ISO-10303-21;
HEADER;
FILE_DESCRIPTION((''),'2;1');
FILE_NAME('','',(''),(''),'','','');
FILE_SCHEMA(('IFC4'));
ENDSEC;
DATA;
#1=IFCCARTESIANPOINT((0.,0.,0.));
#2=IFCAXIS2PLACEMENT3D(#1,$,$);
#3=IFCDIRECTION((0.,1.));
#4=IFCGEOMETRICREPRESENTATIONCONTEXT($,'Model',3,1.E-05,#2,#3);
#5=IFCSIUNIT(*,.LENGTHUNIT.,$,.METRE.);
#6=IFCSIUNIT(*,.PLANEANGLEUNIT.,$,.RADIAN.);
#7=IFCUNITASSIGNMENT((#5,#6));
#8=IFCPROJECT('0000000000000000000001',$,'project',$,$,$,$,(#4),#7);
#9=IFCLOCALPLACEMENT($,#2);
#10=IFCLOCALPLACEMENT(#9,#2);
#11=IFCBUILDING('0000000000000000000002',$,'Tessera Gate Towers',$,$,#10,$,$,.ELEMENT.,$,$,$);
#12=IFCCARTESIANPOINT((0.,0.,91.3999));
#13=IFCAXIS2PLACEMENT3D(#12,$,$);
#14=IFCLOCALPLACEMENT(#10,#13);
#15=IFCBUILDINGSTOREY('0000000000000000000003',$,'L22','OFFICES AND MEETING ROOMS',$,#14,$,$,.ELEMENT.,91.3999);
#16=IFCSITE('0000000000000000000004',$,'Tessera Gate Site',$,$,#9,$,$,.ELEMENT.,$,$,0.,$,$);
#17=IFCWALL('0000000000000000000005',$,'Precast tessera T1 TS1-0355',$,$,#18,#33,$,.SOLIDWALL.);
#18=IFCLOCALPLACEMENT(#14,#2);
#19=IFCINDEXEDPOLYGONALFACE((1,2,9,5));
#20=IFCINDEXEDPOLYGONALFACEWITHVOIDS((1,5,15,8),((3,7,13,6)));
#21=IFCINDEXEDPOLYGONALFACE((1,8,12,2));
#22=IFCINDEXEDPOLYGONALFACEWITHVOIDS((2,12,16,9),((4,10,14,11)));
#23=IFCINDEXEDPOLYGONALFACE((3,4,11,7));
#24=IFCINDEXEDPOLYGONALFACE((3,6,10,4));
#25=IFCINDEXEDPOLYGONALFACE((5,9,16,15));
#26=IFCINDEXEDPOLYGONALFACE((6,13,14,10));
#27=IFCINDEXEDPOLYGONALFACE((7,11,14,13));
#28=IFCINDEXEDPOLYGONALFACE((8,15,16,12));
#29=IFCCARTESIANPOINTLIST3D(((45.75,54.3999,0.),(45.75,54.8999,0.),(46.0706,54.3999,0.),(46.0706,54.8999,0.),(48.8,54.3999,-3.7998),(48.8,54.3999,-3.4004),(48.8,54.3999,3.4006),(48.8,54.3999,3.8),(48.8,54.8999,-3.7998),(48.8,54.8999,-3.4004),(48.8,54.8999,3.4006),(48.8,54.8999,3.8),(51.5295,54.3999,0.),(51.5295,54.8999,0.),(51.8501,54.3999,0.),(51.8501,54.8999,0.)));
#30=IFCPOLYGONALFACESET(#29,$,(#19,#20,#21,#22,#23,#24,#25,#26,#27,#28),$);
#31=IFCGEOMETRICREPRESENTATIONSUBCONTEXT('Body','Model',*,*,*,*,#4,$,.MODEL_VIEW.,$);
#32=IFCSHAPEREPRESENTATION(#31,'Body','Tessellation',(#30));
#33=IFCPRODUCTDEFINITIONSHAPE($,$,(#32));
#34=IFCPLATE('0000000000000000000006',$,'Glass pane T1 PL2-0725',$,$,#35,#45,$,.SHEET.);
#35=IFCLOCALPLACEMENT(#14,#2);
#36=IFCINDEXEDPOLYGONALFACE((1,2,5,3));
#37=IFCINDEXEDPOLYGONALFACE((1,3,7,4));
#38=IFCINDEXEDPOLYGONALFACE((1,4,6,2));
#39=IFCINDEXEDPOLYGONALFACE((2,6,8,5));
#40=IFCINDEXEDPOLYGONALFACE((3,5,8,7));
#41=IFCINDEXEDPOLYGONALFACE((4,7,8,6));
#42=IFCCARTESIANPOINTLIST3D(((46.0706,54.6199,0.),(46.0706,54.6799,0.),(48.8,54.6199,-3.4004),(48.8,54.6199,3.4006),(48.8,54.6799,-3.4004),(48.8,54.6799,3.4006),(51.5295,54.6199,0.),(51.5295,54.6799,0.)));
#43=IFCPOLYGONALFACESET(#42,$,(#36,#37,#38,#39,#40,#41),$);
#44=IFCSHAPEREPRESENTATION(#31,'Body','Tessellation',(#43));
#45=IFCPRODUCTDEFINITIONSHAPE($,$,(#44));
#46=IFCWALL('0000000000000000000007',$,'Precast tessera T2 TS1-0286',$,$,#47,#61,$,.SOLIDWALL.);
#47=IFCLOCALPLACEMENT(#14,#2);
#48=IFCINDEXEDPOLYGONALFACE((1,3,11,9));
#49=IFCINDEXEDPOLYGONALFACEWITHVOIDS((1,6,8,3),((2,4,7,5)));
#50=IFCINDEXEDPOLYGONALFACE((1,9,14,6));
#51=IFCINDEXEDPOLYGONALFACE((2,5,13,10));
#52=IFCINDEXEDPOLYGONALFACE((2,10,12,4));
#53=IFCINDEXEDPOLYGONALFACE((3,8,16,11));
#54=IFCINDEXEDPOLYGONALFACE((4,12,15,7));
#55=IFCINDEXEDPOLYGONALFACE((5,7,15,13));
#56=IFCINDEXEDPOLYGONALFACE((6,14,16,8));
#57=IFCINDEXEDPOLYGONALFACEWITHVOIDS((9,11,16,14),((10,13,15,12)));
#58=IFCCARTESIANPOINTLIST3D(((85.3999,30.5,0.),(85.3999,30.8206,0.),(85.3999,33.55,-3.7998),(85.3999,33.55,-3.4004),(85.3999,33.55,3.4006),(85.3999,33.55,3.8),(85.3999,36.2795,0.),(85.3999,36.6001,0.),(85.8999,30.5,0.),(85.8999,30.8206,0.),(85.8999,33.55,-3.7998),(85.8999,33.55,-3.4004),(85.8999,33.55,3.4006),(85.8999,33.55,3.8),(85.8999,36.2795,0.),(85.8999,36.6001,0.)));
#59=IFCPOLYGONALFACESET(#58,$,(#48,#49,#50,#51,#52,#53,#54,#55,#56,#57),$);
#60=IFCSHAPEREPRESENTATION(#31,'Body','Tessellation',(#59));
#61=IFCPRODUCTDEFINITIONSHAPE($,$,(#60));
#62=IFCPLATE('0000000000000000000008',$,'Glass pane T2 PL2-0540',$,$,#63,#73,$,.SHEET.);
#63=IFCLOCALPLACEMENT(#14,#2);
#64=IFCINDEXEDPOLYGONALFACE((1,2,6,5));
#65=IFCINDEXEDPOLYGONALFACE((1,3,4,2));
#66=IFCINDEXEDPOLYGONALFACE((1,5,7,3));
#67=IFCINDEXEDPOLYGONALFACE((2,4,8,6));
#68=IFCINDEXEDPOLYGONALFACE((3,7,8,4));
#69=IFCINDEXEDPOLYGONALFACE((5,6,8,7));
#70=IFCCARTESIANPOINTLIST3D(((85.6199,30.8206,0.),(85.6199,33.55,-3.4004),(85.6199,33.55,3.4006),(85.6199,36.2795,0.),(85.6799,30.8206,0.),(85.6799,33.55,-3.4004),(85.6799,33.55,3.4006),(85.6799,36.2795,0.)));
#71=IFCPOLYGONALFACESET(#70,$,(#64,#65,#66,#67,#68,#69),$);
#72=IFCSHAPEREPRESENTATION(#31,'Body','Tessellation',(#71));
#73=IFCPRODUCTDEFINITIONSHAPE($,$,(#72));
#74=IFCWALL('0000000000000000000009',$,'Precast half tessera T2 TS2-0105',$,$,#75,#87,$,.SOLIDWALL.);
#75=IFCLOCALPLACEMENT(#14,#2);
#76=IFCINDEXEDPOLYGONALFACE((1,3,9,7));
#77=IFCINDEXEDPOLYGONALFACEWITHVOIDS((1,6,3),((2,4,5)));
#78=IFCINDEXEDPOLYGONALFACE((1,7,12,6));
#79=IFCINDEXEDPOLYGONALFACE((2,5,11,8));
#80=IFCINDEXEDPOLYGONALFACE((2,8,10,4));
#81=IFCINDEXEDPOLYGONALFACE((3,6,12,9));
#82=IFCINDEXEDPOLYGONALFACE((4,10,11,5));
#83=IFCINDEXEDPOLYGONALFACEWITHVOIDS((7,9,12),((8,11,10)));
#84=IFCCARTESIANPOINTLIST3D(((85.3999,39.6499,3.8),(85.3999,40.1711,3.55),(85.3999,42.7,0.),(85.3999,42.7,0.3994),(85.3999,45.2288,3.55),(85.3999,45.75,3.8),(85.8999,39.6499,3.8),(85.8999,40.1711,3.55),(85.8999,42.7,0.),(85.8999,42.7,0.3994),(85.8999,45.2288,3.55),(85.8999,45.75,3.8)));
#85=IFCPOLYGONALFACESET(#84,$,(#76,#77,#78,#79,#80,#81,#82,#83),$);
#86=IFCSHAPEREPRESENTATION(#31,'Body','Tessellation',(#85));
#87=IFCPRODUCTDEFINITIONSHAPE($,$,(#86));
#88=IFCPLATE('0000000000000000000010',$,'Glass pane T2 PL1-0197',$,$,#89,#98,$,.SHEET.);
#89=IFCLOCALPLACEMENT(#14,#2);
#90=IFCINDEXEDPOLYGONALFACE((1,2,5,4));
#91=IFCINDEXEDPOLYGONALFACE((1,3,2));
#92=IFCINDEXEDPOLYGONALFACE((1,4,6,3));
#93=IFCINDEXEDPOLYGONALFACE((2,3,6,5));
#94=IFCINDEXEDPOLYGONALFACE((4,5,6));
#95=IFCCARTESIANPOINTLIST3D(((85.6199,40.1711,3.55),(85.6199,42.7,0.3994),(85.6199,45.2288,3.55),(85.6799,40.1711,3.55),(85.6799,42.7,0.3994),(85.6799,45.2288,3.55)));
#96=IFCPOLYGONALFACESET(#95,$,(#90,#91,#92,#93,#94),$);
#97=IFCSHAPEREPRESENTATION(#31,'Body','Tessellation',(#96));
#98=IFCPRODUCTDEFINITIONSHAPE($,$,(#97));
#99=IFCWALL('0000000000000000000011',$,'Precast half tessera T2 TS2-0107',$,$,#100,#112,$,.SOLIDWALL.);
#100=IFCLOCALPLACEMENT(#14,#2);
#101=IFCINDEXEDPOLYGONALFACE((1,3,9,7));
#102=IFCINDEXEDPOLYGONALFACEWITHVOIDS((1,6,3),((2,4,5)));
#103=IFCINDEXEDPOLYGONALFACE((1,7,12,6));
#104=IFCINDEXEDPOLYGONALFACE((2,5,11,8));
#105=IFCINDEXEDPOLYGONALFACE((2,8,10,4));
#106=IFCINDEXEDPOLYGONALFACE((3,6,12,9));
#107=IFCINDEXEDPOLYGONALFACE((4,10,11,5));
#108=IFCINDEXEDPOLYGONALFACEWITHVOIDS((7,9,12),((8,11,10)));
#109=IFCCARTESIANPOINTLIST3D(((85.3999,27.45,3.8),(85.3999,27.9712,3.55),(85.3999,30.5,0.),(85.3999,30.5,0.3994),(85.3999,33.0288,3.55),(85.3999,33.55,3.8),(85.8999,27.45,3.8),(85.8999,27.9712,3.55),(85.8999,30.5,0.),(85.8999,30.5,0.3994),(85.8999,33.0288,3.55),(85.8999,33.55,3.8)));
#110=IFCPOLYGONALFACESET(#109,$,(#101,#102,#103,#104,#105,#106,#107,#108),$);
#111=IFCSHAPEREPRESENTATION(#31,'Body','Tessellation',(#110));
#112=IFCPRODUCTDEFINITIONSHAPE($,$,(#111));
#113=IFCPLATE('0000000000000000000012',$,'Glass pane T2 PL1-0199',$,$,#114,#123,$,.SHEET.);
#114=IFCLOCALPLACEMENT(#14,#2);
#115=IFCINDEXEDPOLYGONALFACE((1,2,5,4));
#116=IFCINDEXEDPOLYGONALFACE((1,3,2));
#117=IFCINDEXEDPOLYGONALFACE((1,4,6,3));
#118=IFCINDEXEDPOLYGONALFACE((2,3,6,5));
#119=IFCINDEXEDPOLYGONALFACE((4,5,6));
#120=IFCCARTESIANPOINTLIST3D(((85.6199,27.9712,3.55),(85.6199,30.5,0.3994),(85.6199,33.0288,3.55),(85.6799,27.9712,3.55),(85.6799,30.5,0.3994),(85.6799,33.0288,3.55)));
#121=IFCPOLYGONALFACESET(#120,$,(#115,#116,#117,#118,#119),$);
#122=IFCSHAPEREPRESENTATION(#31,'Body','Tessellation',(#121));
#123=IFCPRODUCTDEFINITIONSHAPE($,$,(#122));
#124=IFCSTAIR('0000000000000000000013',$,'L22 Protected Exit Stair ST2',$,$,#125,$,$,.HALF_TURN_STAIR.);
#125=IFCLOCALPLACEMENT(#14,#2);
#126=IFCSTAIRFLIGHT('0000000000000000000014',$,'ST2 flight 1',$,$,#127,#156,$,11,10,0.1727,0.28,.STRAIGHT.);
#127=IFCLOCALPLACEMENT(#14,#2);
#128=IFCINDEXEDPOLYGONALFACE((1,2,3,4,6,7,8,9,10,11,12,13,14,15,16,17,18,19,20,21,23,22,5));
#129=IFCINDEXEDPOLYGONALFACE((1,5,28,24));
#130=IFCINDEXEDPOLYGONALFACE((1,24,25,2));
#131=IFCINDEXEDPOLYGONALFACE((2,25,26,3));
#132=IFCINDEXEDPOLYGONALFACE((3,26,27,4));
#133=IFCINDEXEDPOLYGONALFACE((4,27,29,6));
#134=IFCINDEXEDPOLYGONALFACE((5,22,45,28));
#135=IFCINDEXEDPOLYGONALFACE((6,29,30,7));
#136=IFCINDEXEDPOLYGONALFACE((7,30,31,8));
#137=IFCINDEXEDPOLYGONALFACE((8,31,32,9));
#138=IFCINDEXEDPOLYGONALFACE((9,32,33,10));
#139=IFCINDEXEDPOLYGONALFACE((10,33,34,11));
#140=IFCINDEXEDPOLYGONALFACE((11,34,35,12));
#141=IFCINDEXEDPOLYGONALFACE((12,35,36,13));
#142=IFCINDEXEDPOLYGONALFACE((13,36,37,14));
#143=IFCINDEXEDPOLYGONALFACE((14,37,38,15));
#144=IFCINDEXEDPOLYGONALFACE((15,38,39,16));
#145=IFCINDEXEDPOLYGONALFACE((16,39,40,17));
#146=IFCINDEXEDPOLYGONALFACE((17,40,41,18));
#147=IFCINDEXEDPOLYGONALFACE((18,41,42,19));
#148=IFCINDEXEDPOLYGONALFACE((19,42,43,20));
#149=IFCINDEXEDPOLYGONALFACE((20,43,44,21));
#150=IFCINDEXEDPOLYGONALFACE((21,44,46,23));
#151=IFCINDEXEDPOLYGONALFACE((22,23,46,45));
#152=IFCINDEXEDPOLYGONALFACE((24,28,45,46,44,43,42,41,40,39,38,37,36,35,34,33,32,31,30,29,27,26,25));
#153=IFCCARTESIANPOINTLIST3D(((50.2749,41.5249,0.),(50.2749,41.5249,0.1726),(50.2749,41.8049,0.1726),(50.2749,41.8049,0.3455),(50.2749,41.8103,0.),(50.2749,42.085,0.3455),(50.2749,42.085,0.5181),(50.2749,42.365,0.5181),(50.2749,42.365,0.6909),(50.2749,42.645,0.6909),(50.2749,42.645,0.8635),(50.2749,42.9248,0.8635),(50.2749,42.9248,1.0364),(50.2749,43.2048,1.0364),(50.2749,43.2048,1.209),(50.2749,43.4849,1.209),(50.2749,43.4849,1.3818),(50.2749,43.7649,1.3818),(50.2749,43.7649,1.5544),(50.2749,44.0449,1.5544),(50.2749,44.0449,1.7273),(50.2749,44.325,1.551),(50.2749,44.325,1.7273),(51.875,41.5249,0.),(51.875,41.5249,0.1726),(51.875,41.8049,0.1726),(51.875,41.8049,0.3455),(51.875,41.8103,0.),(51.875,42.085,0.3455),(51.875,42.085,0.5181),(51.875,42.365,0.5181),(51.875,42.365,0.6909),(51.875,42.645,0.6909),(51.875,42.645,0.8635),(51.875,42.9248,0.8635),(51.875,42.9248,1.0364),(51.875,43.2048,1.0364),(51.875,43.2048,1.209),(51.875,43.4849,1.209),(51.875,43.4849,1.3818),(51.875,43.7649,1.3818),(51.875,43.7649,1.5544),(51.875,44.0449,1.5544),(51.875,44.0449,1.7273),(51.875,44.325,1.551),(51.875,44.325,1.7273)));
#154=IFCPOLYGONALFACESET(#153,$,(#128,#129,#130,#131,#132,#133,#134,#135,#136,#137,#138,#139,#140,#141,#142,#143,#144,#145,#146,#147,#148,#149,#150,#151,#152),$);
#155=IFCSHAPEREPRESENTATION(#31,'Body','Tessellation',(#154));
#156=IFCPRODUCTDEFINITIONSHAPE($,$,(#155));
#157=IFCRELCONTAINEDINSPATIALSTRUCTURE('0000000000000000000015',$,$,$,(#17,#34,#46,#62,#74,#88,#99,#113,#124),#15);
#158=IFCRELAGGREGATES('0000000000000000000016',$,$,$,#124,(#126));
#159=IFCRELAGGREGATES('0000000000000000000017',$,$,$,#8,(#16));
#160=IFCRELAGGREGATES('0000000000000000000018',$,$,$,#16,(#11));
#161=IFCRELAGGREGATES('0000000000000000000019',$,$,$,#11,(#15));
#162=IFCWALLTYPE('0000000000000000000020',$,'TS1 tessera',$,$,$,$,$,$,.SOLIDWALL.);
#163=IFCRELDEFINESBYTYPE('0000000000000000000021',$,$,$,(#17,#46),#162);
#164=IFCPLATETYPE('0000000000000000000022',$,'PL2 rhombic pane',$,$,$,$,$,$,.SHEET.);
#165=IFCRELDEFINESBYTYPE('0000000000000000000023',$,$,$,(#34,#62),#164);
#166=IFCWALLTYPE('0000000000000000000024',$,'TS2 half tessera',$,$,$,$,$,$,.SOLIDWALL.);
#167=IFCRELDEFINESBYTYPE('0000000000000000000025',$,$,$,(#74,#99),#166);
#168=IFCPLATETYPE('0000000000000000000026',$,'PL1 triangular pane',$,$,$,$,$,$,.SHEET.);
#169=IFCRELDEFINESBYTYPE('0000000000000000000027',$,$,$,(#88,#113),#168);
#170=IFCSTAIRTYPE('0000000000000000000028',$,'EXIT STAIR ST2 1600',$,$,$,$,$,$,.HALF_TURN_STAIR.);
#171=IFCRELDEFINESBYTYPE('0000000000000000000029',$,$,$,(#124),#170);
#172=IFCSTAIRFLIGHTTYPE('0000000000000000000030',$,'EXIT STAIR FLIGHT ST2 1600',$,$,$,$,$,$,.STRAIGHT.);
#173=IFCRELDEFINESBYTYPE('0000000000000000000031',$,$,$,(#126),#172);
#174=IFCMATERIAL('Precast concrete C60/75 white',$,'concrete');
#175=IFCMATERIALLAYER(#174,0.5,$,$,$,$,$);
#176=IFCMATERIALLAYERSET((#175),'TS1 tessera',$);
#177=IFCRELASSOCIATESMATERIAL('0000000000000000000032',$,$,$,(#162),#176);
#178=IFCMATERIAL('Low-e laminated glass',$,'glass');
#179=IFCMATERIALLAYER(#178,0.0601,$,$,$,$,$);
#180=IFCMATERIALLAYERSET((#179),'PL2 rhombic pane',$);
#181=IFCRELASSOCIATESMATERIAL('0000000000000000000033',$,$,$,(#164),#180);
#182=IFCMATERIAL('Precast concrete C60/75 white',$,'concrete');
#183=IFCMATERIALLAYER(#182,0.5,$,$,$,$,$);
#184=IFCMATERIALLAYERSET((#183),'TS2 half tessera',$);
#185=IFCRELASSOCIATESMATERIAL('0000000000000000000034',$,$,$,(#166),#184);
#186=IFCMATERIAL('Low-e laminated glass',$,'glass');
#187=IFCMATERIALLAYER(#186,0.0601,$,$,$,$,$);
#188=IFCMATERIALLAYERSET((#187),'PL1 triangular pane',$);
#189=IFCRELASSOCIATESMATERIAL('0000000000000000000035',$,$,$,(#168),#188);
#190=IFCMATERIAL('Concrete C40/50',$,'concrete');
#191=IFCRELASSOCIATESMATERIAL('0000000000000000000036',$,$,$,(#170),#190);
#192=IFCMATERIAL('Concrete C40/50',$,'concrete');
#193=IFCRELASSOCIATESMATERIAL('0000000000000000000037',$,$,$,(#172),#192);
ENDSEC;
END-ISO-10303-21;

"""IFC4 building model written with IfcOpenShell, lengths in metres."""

from ifc_helpers import new_model, si_unit, direction, frame, origin, place, context, subcontext, project, spatial, polyline, outline, extrude, source, transform, mapped, material, layer, layer_set, type_object, element, fill, aggregate, save


model = new_model("IFC4")

# Units and contexts
model_context = context("Model", 3, precision=1e-05, world=origin(), true_north=direction((0.0, 1.0)))
body_context = subcontext(model_context, "Body", "Model", "MODEL_VIEW")
ifc_project = project(units=[si_unit("LENGTHUNIT", "METRE"), si_unit("PLANEANGLEUNIT", "RADIAN")], contexts=[model_context])

# Site, building, storey
site_placement = place(None, origin())
site = spatial("IfcSite", under=ifc_project, at=site_placement, Name="Tessera Gate Site", CompositionType="ELEMENT", RefElevation=0.0)
building_placement = place(site_placement, origin())
building = spatial("IfcBuilding", under=site, at=building_placement, Name="Tessera Gate Towers", CompositionType="ELEMENT")
storey_placement = place(building_placement, frame((0.0, 0.0, 91.3999)))
storey = spatial("IfcBuildingStorey", under=building, at=storey_placement, Name="L22", Description="OFFICES AND MEETING ROOMS", CompositionType="ELEMENT", Elevation=91.3999)

# Walls, openings, plates
ifc_material_1 = material(Name="Precast concrete C60/75 white", Category="concrete")
ifc_layer_1 = layer(ifc_material_1, 0.5)
ifc_layer_set_1 = layer_set([ifc_layer_1], Name="TS1 tessera")
wall_type_1 = type_object("IfcWallType", Name="TS1 tessera", PredefinedType="SOLIDWALL", material=ifc_layer_set_1)
shared_shape_1 = source(origin(), body_context, "Body", "SweptSolid", [
    extrude(outline(polyline([(3.05, 0.0), (6.1001, 3.7998), (3.05, 7.5999), (0.0, 3.7998), (3.05, 0.0)])), frame((0.0, 0.25, 0.0), z_axis=(0.0, -1.0, 0.0), x_axis=(1.0, 0.0, 0.0)), (0.0, 0.0, 1.0), 0.5),
])
wall_1_placement = place(storey_placement, frame((51.8501, 54.6499, -3.7998), z_axis=(0.0, 0.0, 1.0), x_axis=(-1.0, 0.0, 0.0)))
wall_1 = element("IfcWall", 1, at=wall_1_placement, inside=storey, type_object=wall_type_1, Name="Precast tessera T1 TS1-0355", PredefinedType="SOLIDWALL", context=body_context, shape_type="MappedRepresentation", body=[
    mapped(shared_shape_1, transform((0.0, 0.0, 0.0), scale=1.0)),
])
shared_shape_2 = source(origin(), body_context, "Body", "SweptSolid", [
    extrude(outline(polyline([(3.05, 0.3994), (5.7795, 3.7998), (3.05, 7.2004), (0.3206, 3.7998), (3.05, 0.3994)])), frame((0.0, 0.26, 0.0), z_axis=(0.0, -1.0, 0.0), x_axis=(1.0, 0.0, 0.0)), (0.0, 0.0, 1.0), 0.52),
])
opening_1_placement = place(wall_1_placement, origin())
opening_1 = element("IfcOpeningElement", 2, at=opening_1_placement, cuts=wall_1, PredefinedType="OPENING", context=body_context, shape_type="MappedRepresentation", body=[
    mapped(shared_shape_2, transform((0.0, 0.0, 0.0), scale=1.0)),
])
ifc_material_2 = material(Name="Low-e laminated glass", Category="glass")
ifc_layer_2 = layer(ifc_material_2, 0.0601)
ifc_layer_set_2 = layer_set([ifc_layer_2], Name="PL2 rhombic pane")
plate_type_1 = type_object("IfcPlateType", Name="PL2 rhombic pane", PredefinedType="SHEET", material=ifc_layer_set_2)
shared_shape_3 = source(origin(), body_context, "Body", "SweptSolid", [
    extrude(outline(polyline([(3.05, 0.3994), (5.7795, 3.7998), (3.05, 7.2004), (0.3206, 3.7998), (3.05, 0.3994)])), frame((0.0, 0.03, 0.0), z_axis=(0.0, -1.0, 0.0), x_axis=(1.0, 0.0, 0.0)), (0.0, 0.0, 1.0), 0.0601),
])
plate_1_placement = place(opening_1_placement, origin())
plate_1 = element("IfcPlate", 3, at=plate_1_placement, inside=storey, type_object=plate_type_1, Name="Glass pane T1 PL2-0725", PredefinedType="SHEET", context=body_context, shape_type="MappedRepresentation", body=[
    mapped(shared_shape_3, transform((0.0, 0.0, 0.0), scale=1.0)),
])
fill(opening_1, plate_1)
wall_2_placement = place(storey_placement, frame((85.6499, 36.6001, -3.7998), z_axis=(0.0, 0.0, 1.0), x_axis=(0.0, -1.0, 0.0)))
wall_2 = element("IfcWall", 4, at=wall_2_placement, inside=storey, type_object=wall_type_1, Name="Precast tessera T2 TS1-0286", PredefinedType="SOLIDWALL", context=body_context, shape_type="MappedRepresentation", body=[
    mapped(shared_shape_1, transform((0.0, 0.0, 0.0), scale=1.0)),
])
opening_2_placement = place(wall_2_placement, origin())
opening_2 = element("IfcOpeningElement", 5, at=opening_2_placement, cuts=wall_2, PredefinedType="OPENING", context=body_context, shape_type="MappedRepresentation", body=[
    mapped(shared_shape_2, transform((0.0, 0.0, 0.0), scale=1.0)),
])
plate_2_placement = place(opening_2_placement, origin())
plate_2 = element("IfcPlate", 6, at=plate_2_placement, inside=storey, type_object=plate_type_1, Name="Glass pane T2 PL2-0540", PredefinedType="SHEET", context=body_context, shape_type="MappedRepresentation", body=[
    mapped(shared_shape_3, transform((0.0, 0.0, 0.0), scale=1.0)),
])
fill(opening_2, plate_2)
ifc_material_3 = material(Name="Precast concrete C60/75 white", Category="concrete")
ifc_layer_3 = layer(ifc_material_3, 0.5)
ifc_layer_set_3 = layer_set([ifc_layer_3], Name="TS2 half tessera")
wall_type_2 = type_object("IfcWallType", Name="TS2 half tessera", PredefinedType="SOLIDWALL", material=ifc_layer_set_3)
shared_shape_4 = source(origin(), body_context, "Body", "SweptSolid", [
    extrude(outline(polyline([(3.05, 0.0), (6.1001, 3.8), (0.0, 3.8), (3.05, 0.0)])), frame((0.0, 0.25, 0.0), z_axis=(0.0, -1.0, 0.0), x_axis=(1.0, 0.0, 0.0)), (0.0, 0.0, 1.0), 0.5),
])
wall_3_placement = place(storey_placement, frame((85.6499, 45.75, 0.0), z_axis=(0.0, 0.0, 1.0), x_axis=(0.0, -1.0, 0.0)))
wall_3 = element("IfcWall", 7, at=wall_3_placement, inside=storey, type_object=wall_type_2, Name="Precast half tessera T2 TS2-0105", PredefinedType="SOLIDWALL", context=body_context, shape_type="MappedRepresentation", body=[
    mapped(shared_shape_4, transform((0.0, 0.0, 0.0), scale=1.0)),
])
shared_shape_5 = source(origin(), body_context, "Body", "SweptSolid", [
    extrude(outline(polyline([(3.05, 0.3994), (5.5789, 3.55), (0.5212, 3.55), (3.05, 0.3994)])), frame((0.0, 0.26, 0.0), z_axis=(0.0, -1.0, 0.0), x_axis=(1.0, 0.0, 0.0)), (0.0, 0.0, 1.0), 0.52),
])
opening_3_placement = place(wall_3_placement, origin())
opening_3 = element("IfcOpeningElement", 8, at=opening_3_placement, cuts=wall_3, PredefinedType="OPENING", context=body_context, shape_type="MappedRepresentation", body=[
    mapped(shared_shape_5, transform((0.0, 0.0, 0.0), scale=1.0)),
])
ifc_material_4 = material(Name="Low-e laminated glass", Category="glass")
ifc_layer_4 = layer(ifc_material_4, 0.0601)
ifc_layer_set_4 = layer_set([ifc_layer_4], Name="PL1 triangular pane")
plate_type_2 = type_object("IfcPlateType", Name="PL1 triangular pane", PredefinedType="SHEET", material=ifc_layer_set_4)
shared_shape_6 = source(origin(), body_context, "Body", "SweptSolid", [
    extrude(outline(polyline([(3.05, 0.3994), (5.5789, 3.55), (0.5212, 3.55), (3.05, 0.3994)])), frame((0.0, 0.03, 0.0), z_axis=(0.0, -1.0, 0.0), x_axis=(1.0, 0.0, 0.0)), (0.0, 0.0, 1.0), 0.0601),
])
plate_3_placement = place(opening_3_placement, origin())
plate_3 = element("IfcPlate", 9, at=plate_3_placement, inside=storey, type_object=plate_type_2, Name="Glass pane T2 PL1-0197", PredefinedType="SHEET", context=body_context, shape_type="MappedRepresentation", body=[
    mapped(shared_shape_6, transform((0.0, 0.0, 0.0), scale=1.0)),
])
fill(opening_3, plate_3)
wall_4_placement = place(storey_placement, frame((85.6499, 33.55, 0.0), z_axis=(0.0, 0.0, 1.0), x_axis=(0.0, -1.0, 0.0)))
wall_4 = element("IfcWall", 10, at=wall_4_placement, inside=storey, type_object=wall_type_2, Name="Precast half tessera T2 TS2-0107", PredefinedType="SOLIDWALL", context=body_context, shape_type="MappedRepresentation", body=[
    mapped(shared_shape_4, transform((0.0, 0.0, 0.0), scale=1.0)),
])
opening_4_placement = place(wall_4_placement, origin())
opening_4 = element("IfcOpeningElement", 11, at=opening_4_placement, cuts=wall_4, PredefinedType="OPENING", context=body_context, shape_type="MappedRepresentation", body=[
    mapped(shared_shape_5, transform((0.0, 0.0, 0.0), scale=1.0)),
])
plate_4_placement = place(opening_4_placement, origin())
plate_4 = element("IfcPlate", 12, at=plate_4_placement, inside=storey, type_object=plate_type_2, Name="Glass pane T2 PL1-0199", PredefinedType="SHEET", context=body_context, shape_type="MappedRepresentation", body=[
    mapped(shared_shape_6, transform((0.0, 0.0, 0.0), scale=1.0)),
])
fill(opening_4, plate_4)

# Stair, stair flight
ifc_material_5 = material(Name="Concrete C40/50", Category="concrete")
stair_type_1 = type_object("IfcStairType", Name="EXIT STAIR ST2 1600", PredefinedType="HALF_TURN_STAIR", material=ifc_material_5)
stair_1_placement = place(storey_placement, origin())
stair_1 = element("IfcStair", 13, at=stair_1_placement, inside=storey, type_object=stair_type_1, Name="L22 Protected Exit Stair ST2", PredefinedType="HALF_TURN_STAIR")
ifc_material_6 = material(Name="Concrete C40/50", Category="concrete")
stair_flight_type_1 = type_object("IfcStairFlightType", Name="EXIT STAIR FLIGHT ST2 1600", PredefinedType="STRAIGHT", material=ifc_material_6)
stair_flight_1_placement = place(storey_placement, frame((51.075, 41.5249, 0.0), z_axis=(0.0, 0.0, 1.0), x_axis=(0.0, 1.0, 0.0)))
stair_flight_1 = element("IfcStairFlight", 14, at=stair_flight_1_placement, type_object=stair_flight_type_1, Name="ST2 flight 1", NumberOfRisers=11, NumberOfTreads=10, PredefinedType="STRAIGHT", RiserHeight=0.1727, TreadLength=0.28, context=body_context, shape_type="SweptSolid", body=[
    extrude(outline(polyline([(0.0, 0.0), (0.0, 0.1726), (0.28, 0.1726), (0.28, 0.3455), (0.5601, 0.3455), (0.5601, 0.5181), (0.8401, 0.5181), (0.8401, 0.6909), (1.1201, 0.6909), (1.1201, 0.8635), (1.3999, 0.8635), (1.3999, 1.0364), (1.6799, 1.0364), (1.6799, 1.209), (1.96, 1.209), (1.96, 1.3818), (2.24, 1.3818), (2.24, 1.5544), (2.52, 1.5544), (2.52, 1.7273), (2.8, 1.7273), (2.8, 1.8999), (2.8, 1.551), (0.2854, 0.0), (0.0, 0.0)])), frame((0.0, 0.8, 0.0), z_axis=(0.0, -1.0, 0.0), x_axis=(1.0, 0.0, 0.0)), (0.0, 0.0, 1.0), 1.6001),
])
aggregate(stair_1, [stair_flight_1])

save(model, "model.ifc")
